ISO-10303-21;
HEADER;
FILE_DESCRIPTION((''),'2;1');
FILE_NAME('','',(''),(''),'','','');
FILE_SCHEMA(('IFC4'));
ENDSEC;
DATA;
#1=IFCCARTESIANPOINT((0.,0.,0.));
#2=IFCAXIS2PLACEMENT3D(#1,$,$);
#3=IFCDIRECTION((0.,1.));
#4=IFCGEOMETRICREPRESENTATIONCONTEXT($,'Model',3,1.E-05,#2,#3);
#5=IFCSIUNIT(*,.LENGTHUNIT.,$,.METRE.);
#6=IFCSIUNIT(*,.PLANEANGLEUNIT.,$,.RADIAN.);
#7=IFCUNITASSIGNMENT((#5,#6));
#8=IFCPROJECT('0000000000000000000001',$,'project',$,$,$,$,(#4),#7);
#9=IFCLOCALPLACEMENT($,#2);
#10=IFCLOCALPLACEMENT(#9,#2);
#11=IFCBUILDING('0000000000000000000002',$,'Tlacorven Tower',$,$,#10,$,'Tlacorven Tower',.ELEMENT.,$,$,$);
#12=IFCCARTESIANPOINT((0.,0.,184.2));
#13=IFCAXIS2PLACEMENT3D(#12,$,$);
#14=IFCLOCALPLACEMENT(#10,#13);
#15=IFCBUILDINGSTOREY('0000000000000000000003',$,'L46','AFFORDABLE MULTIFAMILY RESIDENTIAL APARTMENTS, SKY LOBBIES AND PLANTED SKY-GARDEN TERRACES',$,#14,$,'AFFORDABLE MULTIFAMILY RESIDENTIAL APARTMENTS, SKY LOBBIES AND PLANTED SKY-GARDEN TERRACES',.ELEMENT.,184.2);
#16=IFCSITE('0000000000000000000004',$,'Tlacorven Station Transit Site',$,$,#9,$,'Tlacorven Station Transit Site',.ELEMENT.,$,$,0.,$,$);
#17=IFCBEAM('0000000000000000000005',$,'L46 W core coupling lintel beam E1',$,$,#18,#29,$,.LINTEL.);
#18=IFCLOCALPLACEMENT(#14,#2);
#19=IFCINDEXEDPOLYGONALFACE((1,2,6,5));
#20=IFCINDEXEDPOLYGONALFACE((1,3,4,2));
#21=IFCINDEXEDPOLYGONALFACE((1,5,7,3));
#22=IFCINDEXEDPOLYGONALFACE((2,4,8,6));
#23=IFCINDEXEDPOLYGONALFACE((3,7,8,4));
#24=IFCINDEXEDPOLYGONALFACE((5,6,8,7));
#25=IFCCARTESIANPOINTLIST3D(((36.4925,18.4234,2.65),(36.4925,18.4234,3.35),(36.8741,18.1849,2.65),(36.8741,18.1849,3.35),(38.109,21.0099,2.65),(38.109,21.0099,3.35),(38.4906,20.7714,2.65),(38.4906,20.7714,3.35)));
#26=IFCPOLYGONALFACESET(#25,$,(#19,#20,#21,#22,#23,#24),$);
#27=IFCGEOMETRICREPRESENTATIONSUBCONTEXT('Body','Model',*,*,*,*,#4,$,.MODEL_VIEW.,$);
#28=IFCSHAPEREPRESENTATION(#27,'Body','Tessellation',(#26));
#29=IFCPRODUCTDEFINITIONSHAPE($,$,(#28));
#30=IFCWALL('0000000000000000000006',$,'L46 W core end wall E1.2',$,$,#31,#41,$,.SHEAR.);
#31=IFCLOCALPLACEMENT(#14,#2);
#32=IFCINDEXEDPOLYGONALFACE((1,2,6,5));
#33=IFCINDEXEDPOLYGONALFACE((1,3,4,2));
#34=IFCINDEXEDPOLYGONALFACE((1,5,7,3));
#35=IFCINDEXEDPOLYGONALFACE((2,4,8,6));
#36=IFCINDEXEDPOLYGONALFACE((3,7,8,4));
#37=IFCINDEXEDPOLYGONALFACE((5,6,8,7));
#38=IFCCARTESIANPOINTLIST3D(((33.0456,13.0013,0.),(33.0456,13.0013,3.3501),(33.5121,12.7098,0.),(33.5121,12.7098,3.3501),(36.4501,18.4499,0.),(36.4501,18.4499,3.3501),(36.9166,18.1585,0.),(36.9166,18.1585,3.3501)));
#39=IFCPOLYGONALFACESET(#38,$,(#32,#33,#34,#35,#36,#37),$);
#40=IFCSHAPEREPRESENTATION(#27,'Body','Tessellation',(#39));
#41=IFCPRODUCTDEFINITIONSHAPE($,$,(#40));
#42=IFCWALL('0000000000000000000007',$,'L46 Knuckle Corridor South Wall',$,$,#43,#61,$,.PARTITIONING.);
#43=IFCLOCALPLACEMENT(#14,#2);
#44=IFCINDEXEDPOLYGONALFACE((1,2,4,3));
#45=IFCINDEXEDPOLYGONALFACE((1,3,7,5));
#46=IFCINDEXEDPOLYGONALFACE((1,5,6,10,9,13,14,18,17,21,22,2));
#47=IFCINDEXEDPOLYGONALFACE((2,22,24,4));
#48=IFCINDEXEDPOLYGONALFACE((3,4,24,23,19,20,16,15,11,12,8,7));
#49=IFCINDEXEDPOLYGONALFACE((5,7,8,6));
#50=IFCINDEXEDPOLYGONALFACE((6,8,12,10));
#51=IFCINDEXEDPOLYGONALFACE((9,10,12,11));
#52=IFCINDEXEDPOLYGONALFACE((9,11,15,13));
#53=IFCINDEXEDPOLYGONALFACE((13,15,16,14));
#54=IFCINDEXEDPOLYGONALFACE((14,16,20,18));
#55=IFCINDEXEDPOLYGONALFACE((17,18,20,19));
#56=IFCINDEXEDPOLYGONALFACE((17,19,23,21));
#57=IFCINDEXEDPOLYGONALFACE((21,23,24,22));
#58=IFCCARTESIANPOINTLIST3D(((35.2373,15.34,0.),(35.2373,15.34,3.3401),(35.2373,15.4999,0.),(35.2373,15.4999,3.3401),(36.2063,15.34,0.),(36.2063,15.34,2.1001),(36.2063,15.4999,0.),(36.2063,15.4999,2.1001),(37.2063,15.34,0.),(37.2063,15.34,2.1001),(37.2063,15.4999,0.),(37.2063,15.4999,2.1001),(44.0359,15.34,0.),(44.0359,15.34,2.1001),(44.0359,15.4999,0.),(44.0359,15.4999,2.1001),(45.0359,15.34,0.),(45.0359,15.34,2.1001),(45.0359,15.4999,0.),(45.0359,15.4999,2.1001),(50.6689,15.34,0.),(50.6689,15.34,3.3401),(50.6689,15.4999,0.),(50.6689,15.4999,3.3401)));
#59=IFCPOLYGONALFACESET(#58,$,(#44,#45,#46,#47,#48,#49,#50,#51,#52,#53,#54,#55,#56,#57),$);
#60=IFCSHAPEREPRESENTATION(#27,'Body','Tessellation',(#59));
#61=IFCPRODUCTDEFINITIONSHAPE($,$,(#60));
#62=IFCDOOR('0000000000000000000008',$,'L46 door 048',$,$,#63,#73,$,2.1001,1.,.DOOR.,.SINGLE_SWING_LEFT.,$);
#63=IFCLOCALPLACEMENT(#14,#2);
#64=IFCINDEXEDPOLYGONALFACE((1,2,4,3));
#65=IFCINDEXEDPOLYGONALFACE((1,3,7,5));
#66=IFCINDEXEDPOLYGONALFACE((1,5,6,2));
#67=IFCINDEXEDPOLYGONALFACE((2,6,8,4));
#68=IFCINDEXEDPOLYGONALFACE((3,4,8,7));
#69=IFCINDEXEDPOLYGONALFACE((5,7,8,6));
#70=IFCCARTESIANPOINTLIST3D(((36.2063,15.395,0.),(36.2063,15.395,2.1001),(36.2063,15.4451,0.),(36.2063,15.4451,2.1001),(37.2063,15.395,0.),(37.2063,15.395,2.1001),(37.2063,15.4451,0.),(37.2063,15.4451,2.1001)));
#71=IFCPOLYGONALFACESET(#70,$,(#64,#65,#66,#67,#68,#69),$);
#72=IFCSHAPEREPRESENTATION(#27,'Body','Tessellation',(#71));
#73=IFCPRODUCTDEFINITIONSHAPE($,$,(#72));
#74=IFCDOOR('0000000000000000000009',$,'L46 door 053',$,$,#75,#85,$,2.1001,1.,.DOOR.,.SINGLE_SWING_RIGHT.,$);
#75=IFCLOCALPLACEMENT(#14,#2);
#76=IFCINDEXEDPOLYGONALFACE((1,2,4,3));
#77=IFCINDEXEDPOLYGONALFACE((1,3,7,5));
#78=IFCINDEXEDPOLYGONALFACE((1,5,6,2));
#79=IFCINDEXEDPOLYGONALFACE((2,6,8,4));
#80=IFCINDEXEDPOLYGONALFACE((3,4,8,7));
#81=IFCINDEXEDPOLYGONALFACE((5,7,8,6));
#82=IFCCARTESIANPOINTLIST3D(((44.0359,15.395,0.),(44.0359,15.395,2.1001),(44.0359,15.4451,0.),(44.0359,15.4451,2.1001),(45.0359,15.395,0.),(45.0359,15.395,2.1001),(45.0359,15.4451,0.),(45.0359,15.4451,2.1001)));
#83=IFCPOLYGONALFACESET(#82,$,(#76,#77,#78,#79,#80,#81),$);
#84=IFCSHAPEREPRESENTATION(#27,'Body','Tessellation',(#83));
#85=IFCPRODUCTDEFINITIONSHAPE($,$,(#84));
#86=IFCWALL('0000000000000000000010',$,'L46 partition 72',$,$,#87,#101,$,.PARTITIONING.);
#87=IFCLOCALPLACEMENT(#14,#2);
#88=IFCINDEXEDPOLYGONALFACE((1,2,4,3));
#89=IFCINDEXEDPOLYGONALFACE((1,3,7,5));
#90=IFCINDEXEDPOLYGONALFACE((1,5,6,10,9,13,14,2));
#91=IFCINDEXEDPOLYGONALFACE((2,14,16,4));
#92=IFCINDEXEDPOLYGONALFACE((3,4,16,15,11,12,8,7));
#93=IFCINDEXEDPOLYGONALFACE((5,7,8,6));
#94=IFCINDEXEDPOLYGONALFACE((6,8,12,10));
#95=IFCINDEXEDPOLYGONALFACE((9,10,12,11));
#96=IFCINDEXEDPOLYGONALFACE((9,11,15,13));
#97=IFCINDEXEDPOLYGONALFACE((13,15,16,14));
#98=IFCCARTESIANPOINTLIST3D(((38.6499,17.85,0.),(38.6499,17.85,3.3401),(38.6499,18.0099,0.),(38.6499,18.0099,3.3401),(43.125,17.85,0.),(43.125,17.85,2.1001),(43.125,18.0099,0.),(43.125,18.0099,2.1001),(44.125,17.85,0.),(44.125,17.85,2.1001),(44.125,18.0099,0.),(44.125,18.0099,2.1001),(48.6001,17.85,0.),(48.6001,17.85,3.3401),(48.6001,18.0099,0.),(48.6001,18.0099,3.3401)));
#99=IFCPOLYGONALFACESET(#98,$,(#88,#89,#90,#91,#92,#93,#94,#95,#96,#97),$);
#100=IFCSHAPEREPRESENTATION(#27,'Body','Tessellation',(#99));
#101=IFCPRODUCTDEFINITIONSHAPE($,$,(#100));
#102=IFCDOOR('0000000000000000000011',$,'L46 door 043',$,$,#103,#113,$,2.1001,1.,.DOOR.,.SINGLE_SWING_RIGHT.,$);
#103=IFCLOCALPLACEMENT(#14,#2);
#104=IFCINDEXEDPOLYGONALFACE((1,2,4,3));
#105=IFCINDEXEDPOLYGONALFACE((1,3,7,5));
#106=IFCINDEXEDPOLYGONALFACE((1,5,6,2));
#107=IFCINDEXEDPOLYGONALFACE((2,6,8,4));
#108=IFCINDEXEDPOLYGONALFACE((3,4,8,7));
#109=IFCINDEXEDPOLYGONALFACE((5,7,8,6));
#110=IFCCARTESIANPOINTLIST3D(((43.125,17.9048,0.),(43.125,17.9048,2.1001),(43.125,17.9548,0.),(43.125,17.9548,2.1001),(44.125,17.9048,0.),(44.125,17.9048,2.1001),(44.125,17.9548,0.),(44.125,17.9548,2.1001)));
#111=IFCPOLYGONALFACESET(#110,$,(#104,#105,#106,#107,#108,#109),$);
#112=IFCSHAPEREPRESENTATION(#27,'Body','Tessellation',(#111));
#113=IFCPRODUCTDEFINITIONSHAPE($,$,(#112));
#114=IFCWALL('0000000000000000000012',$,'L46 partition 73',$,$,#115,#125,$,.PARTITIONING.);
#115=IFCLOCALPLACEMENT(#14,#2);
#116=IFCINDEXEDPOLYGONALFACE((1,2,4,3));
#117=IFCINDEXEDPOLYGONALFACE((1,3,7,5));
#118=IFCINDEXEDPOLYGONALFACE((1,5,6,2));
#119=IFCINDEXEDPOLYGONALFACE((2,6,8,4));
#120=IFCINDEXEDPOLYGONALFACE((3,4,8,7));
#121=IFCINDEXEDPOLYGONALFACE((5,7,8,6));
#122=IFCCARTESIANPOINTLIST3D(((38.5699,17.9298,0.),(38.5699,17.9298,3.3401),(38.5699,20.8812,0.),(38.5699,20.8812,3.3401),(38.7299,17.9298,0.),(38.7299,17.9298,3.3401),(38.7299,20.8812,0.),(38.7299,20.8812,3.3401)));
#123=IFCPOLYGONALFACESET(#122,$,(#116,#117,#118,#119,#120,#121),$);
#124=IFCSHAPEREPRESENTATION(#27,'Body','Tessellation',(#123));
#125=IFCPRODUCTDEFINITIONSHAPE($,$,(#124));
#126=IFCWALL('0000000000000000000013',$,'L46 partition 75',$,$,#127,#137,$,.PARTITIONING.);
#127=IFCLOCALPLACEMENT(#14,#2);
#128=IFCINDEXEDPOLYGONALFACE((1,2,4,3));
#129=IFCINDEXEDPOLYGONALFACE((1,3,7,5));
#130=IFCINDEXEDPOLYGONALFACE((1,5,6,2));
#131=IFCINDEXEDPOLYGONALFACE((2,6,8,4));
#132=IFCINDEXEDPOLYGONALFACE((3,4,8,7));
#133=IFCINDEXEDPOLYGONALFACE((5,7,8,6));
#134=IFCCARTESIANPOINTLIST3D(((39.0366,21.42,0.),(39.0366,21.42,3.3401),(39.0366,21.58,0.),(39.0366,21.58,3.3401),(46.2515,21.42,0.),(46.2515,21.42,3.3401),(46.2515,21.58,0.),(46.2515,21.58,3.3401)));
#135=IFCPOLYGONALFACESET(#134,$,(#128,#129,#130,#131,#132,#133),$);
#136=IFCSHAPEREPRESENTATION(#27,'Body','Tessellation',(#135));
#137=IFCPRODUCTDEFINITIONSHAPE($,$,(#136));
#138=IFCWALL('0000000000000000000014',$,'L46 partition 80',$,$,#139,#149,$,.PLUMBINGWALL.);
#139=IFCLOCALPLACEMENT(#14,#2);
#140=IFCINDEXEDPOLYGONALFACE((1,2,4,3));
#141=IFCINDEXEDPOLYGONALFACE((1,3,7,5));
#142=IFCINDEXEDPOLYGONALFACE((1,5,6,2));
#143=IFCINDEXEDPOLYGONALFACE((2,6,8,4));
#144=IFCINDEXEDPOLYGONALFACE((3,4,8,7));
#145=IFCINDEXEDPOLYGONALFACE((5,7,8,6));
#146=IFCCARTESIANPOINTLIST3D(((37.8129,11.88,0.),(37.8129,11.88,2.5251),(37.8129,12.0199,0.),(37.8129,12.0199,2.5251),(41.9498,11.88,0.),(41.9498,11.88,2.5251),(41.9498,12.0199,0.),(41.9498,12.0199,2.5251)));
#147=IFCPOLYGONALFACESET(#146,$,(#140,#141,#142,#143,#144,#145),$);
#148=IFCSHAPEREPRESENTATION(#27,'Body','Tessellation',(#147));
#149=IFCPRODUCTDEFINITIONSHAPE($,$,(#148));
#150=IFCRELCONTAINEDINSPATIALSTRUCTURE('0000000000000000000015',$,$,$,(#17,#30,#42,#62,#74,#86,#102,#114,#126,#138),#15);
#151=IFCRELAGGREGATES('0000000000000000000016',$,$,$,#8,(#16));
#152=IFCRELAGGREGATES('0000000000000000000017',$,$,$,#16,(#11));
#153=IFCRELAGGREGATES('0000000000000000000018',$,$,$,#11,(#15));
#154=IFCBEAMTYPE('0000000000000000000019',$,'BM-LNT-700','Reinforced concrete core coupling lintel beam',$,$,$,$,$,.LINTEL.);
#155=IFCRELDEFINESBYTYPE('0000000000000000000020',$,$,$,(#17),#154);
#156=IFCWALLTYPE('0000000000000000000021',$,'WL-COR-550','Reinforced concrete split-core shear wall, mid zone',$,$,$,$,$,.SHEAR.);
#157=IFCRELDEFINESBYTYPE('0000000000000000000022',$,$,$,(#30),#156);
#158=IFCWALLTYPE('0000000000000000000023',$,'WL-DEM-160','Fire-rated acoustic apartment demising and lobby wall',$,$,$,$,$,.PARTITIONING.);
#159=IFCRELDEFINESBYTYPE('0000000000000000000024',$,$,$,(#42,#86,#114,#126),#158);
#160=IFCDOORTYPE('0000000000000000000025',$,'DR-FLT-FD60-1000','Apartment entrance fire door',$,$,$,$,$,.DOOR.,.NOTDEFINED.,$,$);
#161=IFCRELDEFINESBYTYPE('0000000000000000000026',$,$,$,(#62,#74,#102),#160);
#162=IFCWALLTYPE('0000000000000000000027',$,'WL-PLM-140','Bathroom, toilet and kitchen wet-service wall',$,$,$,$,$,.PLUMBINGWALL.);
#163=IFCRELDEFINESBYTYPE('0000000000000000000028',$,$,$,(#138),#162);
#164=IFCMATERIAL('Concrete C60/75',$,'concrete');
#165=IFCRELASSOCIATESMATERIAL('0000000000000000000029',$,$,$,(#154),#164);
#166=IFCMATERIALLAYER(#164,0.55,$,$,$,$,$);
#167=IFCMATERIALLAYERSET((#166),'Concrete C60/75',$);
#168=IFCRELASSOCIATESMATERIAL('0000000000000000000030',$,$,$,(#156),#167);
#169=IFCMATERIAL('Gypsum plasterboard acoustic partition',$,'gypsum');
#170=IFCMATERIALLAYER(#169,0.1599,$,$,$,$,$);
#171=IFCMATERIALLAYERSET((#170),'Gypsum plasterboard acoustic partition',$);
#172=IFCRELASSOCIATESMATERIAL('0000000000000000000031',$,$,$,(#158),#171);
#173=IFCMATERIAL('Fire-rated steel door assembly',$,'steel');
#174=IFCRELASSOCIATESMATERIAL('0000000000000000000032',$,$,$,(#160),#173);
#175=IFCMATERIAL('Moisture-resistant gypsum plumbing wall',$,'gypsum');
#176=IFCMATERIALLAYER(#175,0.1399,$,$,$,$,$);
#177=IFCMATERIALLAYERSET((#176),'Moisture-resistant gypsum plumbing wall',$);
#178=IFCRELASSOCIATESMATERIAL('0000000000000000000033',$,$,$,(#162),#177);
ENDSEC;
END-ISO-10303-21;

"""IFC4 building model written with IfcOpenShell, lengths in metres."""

from ifc_helpers import new_model, si_unit, direction, frame, frame_2d, origin, origin_2d, place, context, subcontext, project, spatial, rectangle, extrude, source, transform, mapped, material, layer, layer_set, material_profile, profile_set, type_object, element, fill, save


model = new_model("IFC4")

# Units and contexts
model_context = context("Model", 3, precision=1e-05, world=origin(), true_north=direction((0.0, 1.0)))
body_context = subcontext(model_context, "Body", "Model", "MODEL_VIEW")
ifc_project = project(units=[si_unit("LENGTHUNIT", "METRE"), si_unit("PLANEANGLEUNIT", "RADIAN")], contexts=[model_context])

# Site, building, storey
site_placement = place(None, origin())
site = spatial("IfcSite", under=ifc_project, at=site_placement, Name="Tlacorven Station Transit Site", LongName="Tlacorven Station Transit Site", CompositionType="ELEMENT", RefElevation=0.0)
building_placement = place(site_placement, origin())
building = spatial("IfcBuilding", under=site, at=building_placement, Name="Tlacorven Tower", LongName="Tlacorven Tower", CompositionType="ELEMENT")
storey_placement = place(building_placement, frame((0.0, 0.0, 184.2)))
storey = spatial("IfcBuildingStorey", under=building, at=storey_placement, Name="L46", Description="AFFORDABLE MULTIFAMILY RESIDENTIAL APARTMENTS, SKY LOBBIES AND PLANTED SKY-GARDEN TERRACES", LongName="AFFORDABLE MULTIFAMILY RESIDENTIAL APARTMENTS, SKY LOBBIES AND PLANTED SKY-GARDEN TERRACES", CompositionType="ELEMENT", Elevation=184.2)

# Beam
ifc_material_1 = material(Name="Concrete C60/75", Category="concrete")
ifc_material_profile = material_profile(ifc_material_1, rectangle(XDim=0.45, YDim=0.7, at=origin_2d()), Name="RC 450X700")
ifc_profile_set = profile_set([ifc_material_profile], Name="Concrete C60/75")
beam_type = type_object("IfcBeamType", Name="BM-LNT-700", Description="Reinforced concrete core coupling lintel beam", PredefinedType="LINTEL", material=ifc_profile_set)
shared_shape_1 = source(origin(), body_context, "Body", "SweptSolid", [
    extrude(rectangle(XDim=0.45, YDim=0.7, at=origin_2d()), origin(), (0.0, 0.0, 1.0), 3.05),
])
beam_placement = place(storey_placement, frame((38.2998, 20.8906, 3.0), z_axis=(-0.529985, -0.848007, 0.0), x_axis=(0.848007, -0.529985, 0.0)))
element("IfcBeam", 1, at=beam_placement, inside=storey, type_object=beam_type, Name="L46 W core coupling lintel beam E1", PredefinedType="LINTEL", context=body_context, shape_type="MappedRepresentation", body=[
    mapped(shared_shape_1, transform((0.0, 0.0, 0.0), scale=1.0)),
])

# Wall
ifc_layer_1 = layer(ifc_material_1, 0.55)
ifc_layer_set_1 = layer_set([ifc_layer_1], Name="Concrete C60/75")
wall_type_1 = type_object("IfcWallType", Name="WL-COR-550", Description="Reinforced concrete split-core shear wall, mid zone", PredefinedType="SHEAR", material=ifc_layer_set_1)
wall_1_placement = place(storey_placement, frame((36.6833, 18.3042, 0.0), z_axis=(0.0, 0.0, 1.0), x_axis=(-0.529896, -0.848062, 0.0)))
element("IfcWall", 2, at=wall_1_placement, inside=storey, type_object=wall_type_1, Name="L46 W core end wall E1.2", PredefinedType="SHEAR", context=body_context, shape_type="SweptSolid", body=[
    extrude(rectangle(XDim=6.4248, YDim=0.55, at=frame_2d((3.2124, 0.0))), origin(), (0.0, 0.0, 1.0), 3.3501),
])

# Wall, openings, doors
ifc_material_2 = material(Name="Gypsum plasterboard acoustic partition", Category="gypsum")
ifc_layer_2 = layer(ifc_material_2, 0.1599)
ifc_layer_set_2 = layer_set([ifc_layer_2], Name="Gypsum plasterboard acoustic partition")
wall_type_2 = type_object("IfcWallType", Name="WL-DEM-160", Description="Fire-rated acoustic apartment demising and lobby wall", PredefinedType="PARTITIONING", material=ifc_layer_set_2)
wall_2_placement = place(storey_placement, frame((35.2373, 15.4199, 0.0), z_axis=(0.0, 0.0, 1.0), x_axis=(1.0, 0.0, 0.0)))
wall_2 = element("IfcWall", 3, at=wall_2_placement, inside=storey, type_object=wall_type_2, Name="L46 Knuckle Corridor South Wall", PredefinedType="PARTITIONING", context=body_context, shape_type="SweptSolid", body=[
    extrude(rectangle(XDim=15.4316, YDim=0.1599, at=frame_2d((7.7158, 0.0))), origin(), (0.0, 0.0, 1.0), 3.3401),
])
opening_1_placement = place(wall_2_placement, frame((0.969, 0.0, 0.0)))
opening_1 = element("IfcOpeningElement", 4, at=opening_1_placement, cuts=wall_2, PredefinedType="OPENING", context=body_context, shape_type="SweptSolid", body=[
    extrude(rectangle(XDim=1.0, YDim=2.1001, at=frame_2d((0.5, 1.05))), frame((0.0, 0.0898, 0.0), z_axis=(0.0, -1.0, 0.0), x_axis=(1.0, 0.0, 0.0)), (0.0, 0.0, 1.0), 0.1799),
])
opening_2_placement = place(wall_2_placement, frame((8.7986, 0.0, 0.0)))
opening_2 = element("IfcOpeningElement", 5, at=opening_2_placement, cuts=wall_2, PredefinedType="OPENING", context=body_context, shape_type="SweptSolid", body=[
    extrude(rectangle(XDim=1.0, YDim=2.1001, at=frame_2d((0.5, 1.05))), frame((0.0, 0.0898, 0.0), z_axis=(0.0, -1.0, 0.0), x_axis=(1.0, 0.0, 0.0)), (0.0, 0.0, 1.0), 0.1799),
])
ifc_material_3 = material(Name="Fire-rated steel door assembly", Category="steel")
door_type_1 = type_object("IfcDoorType", Name="DR-FLT-FD60-1000", Description="Apartment entrance fire door", OperationType="NOTDEFINED", PredefinedType="DOOR", material=ifc_material_3)
shared_shape_2 = source(origin(), body_context, "Body", "SweptSolid", [
    extrude(rectangle(XDim=1.0, YDim=2.1001, at=frame_2d((0.5, 1.05))), frame((0.0, 0.0249, 0.0), z_axis=(0.0, -1.0, 0.0), x_axis=(1.0, 0.0, 0.0)), (0.0, 0.0, 1.0), 0.05),
])
door_1_placement = place(opening_1_placement, frame((1.0, 0.0, 0.0), z_axis=(0.0, 0.0, 1.0), x_axis=(-1.0, 0.0, 0.0)))
door_1 = element("IfcDoor", 6, at=door_1_placement, inside=storey, type_object=door_type_1, Name="L46 door 048", OperationType="SINGLE_SWING_LEFT", OverallHeight=2.1001, OverallWidth=1.0, PredefinedType="DOOR", context=body_context, shape_type="MappedRepresentation", body=[
    mapped(shared_shape_2, transform((0.0, 0.0, 0.0), scale=1.0)),
])
fill(opening_1, door_1)
door_2_placement = place(opening_2_placement, frame((1.0, 0.0, 0.0), z_axis=(0.0, 0.0, 1.0), x_axis=(-1.0, 0.0, 0.0)))
door_2 = element("IfcDoor", 7, at=door_2_placement, inside=storey, type_object=door_type_1, Name="L46 door 053", OperationType="SINGLE_SWING_RIGHT", OverallHeight=2.1001, OverallWidth=1.0, PredefinedType="DOOR", context=body_context, shape_type="MappedRepresentation", body=[
    mapped(shared_shape_2, transform((0.0, 0.0, 0.0), scale=1.0)),
])
fill(opening_2, door_2)

# Wall, opening, door
wall_3_placement = place(storey_placement, frame((38.6499, 17.9299, 0.0), z_axis=(0.0, 0.0, 1.0), x_axis=(1.0, 0.0, 0.0)))
wall_3 = element("IfcWall", 8, at=wall_3_placement, inside=storey, type_object=wall_type_2, Name="L46 partition 72", PredefinedType="PARTITIONING", context=body_context, shape_type="SweptSolid", body=[
    extrude(rectangle(XDim=9.9502, YDim=0.1599, at=frame_2d((4.9751, 0.0))), origin(), (0.0, 0.0, 1.0), 3.3401),
])
opening_3_placement = place(wall_3_placement, frame((4.4751, 0.0, 0.0)))
opening_3 = element("IfcOpeningElement", 9, at=opening_3_placement, cuts=wall_3, PredefinedType="OPENING", context=body_context, shape_type="SweptSolid", body=[
    extrude(rectangle(XDim=1.0, YDim=2.1001, at=frame_2d((0.5, 1.05))), frame((0.0, 0.0898, 0.0), z_axis=(0.0, -1.0, 0.0), x_axis=(1.0, 0.0, 0.0)), (0.0, 0.0, 1.0), 0.1799),
])
door_3_placement = place(opening_3_placement, origin())
door_3 = element("IfcDoor", 10, at=door_3_placement, inside=storey, type_object=door_type_1, Name="L46 door 043", OperationType="SINGLE_SWING_RIGHT", OverallHeight=2.1001, OverallWidth=1.0, PredefinedType="DOOR", context=body_context, shape_type="MappedRepresentation", body=[
    mapped(shared_shape_2, transform((0.0, 0.0, 0.0), scale=1.0)),
])
fill(opening_3, door_3)

# Walls
wall_4_placement = place(storey_placement, frame((38.6499, 17.9299, 0.0), z_axis=(0.0, 0.0, 1.0), x_axis=(0.0, 1.0, 0.0)))
element("IfcWall", 11, at=wall_4_placement, inside=storey, type_object=wall_type_2, Name="L46 partition 73", PredefinedType="PARTITIONING", context=body_context, shape_type="SweptSolid", body=[
    extrude(rectangle(XDim=2.9514, YDim=0.1599, at=frame_2d((1.4756, 0.0))), origin(), (0.0, 0.0, 1.0), 3.3401),
])
wall_5_placement = place(storey_placement, frame((39.0366, 21.5, 0.0), z_axis=(0.0, 0.0, 1.0), x_axis=(1.0, 0.0, 0.0)))
element("IfcWall", 12, at=wall_5_placement, inside=storey, type_object=wall_type_2, Name="L46 partition 75", PredefinedType="PARTITIONING", context=body_context, shape_type="SweptSolid", body=[
    extrude(rectangle(XDim=7.2148, YDim=0.1599, at=frame_2d((3.6074, 0.0))), origin(), (0.0, 0.0, 1.0), 3.3401),
])
ifc_material_4 = material(Name="Moisture-resistant gypsum plumbing wall", Category="gypsum")
ifc_layer_3 = layer(ifc_material_4, 0.1399)
ifc_layer_set_3 = layer_set([ifc_layer_3], Name="Moisture-resistant gypsum plumbing wall")
wall_type_3 = type_object("IfcWallType", Name="WL-PLM-140", Description="Bathroom, toilet and kitchen wet-service wall", PredefinedType="PLUMBINGWALL", material=ifc_layer_set_3)
wall_6_placement = place(storey_placement, frame((37.813, 11.95, 0.0), z_axis=(0.0, 0.0, 1.0), x_axis=(1.0, 0.0, 0.0)))
element("IfcWall", 13, at=wall_6_placement, inside=storey, type_object=wall_type_3, Name="L46 partition 80", PredefinedType="PLUMBINGWALL", context=body_context, shape_type="SweptSolid", body=[
    extrude(rectangle(XDim=4.137, YDim=0.1399, at=frame_2d((2.0684, 0.0))), origin(), (0.0, 0.0, 1.0), 2.5251),
])

save(model, "model.ifc")
